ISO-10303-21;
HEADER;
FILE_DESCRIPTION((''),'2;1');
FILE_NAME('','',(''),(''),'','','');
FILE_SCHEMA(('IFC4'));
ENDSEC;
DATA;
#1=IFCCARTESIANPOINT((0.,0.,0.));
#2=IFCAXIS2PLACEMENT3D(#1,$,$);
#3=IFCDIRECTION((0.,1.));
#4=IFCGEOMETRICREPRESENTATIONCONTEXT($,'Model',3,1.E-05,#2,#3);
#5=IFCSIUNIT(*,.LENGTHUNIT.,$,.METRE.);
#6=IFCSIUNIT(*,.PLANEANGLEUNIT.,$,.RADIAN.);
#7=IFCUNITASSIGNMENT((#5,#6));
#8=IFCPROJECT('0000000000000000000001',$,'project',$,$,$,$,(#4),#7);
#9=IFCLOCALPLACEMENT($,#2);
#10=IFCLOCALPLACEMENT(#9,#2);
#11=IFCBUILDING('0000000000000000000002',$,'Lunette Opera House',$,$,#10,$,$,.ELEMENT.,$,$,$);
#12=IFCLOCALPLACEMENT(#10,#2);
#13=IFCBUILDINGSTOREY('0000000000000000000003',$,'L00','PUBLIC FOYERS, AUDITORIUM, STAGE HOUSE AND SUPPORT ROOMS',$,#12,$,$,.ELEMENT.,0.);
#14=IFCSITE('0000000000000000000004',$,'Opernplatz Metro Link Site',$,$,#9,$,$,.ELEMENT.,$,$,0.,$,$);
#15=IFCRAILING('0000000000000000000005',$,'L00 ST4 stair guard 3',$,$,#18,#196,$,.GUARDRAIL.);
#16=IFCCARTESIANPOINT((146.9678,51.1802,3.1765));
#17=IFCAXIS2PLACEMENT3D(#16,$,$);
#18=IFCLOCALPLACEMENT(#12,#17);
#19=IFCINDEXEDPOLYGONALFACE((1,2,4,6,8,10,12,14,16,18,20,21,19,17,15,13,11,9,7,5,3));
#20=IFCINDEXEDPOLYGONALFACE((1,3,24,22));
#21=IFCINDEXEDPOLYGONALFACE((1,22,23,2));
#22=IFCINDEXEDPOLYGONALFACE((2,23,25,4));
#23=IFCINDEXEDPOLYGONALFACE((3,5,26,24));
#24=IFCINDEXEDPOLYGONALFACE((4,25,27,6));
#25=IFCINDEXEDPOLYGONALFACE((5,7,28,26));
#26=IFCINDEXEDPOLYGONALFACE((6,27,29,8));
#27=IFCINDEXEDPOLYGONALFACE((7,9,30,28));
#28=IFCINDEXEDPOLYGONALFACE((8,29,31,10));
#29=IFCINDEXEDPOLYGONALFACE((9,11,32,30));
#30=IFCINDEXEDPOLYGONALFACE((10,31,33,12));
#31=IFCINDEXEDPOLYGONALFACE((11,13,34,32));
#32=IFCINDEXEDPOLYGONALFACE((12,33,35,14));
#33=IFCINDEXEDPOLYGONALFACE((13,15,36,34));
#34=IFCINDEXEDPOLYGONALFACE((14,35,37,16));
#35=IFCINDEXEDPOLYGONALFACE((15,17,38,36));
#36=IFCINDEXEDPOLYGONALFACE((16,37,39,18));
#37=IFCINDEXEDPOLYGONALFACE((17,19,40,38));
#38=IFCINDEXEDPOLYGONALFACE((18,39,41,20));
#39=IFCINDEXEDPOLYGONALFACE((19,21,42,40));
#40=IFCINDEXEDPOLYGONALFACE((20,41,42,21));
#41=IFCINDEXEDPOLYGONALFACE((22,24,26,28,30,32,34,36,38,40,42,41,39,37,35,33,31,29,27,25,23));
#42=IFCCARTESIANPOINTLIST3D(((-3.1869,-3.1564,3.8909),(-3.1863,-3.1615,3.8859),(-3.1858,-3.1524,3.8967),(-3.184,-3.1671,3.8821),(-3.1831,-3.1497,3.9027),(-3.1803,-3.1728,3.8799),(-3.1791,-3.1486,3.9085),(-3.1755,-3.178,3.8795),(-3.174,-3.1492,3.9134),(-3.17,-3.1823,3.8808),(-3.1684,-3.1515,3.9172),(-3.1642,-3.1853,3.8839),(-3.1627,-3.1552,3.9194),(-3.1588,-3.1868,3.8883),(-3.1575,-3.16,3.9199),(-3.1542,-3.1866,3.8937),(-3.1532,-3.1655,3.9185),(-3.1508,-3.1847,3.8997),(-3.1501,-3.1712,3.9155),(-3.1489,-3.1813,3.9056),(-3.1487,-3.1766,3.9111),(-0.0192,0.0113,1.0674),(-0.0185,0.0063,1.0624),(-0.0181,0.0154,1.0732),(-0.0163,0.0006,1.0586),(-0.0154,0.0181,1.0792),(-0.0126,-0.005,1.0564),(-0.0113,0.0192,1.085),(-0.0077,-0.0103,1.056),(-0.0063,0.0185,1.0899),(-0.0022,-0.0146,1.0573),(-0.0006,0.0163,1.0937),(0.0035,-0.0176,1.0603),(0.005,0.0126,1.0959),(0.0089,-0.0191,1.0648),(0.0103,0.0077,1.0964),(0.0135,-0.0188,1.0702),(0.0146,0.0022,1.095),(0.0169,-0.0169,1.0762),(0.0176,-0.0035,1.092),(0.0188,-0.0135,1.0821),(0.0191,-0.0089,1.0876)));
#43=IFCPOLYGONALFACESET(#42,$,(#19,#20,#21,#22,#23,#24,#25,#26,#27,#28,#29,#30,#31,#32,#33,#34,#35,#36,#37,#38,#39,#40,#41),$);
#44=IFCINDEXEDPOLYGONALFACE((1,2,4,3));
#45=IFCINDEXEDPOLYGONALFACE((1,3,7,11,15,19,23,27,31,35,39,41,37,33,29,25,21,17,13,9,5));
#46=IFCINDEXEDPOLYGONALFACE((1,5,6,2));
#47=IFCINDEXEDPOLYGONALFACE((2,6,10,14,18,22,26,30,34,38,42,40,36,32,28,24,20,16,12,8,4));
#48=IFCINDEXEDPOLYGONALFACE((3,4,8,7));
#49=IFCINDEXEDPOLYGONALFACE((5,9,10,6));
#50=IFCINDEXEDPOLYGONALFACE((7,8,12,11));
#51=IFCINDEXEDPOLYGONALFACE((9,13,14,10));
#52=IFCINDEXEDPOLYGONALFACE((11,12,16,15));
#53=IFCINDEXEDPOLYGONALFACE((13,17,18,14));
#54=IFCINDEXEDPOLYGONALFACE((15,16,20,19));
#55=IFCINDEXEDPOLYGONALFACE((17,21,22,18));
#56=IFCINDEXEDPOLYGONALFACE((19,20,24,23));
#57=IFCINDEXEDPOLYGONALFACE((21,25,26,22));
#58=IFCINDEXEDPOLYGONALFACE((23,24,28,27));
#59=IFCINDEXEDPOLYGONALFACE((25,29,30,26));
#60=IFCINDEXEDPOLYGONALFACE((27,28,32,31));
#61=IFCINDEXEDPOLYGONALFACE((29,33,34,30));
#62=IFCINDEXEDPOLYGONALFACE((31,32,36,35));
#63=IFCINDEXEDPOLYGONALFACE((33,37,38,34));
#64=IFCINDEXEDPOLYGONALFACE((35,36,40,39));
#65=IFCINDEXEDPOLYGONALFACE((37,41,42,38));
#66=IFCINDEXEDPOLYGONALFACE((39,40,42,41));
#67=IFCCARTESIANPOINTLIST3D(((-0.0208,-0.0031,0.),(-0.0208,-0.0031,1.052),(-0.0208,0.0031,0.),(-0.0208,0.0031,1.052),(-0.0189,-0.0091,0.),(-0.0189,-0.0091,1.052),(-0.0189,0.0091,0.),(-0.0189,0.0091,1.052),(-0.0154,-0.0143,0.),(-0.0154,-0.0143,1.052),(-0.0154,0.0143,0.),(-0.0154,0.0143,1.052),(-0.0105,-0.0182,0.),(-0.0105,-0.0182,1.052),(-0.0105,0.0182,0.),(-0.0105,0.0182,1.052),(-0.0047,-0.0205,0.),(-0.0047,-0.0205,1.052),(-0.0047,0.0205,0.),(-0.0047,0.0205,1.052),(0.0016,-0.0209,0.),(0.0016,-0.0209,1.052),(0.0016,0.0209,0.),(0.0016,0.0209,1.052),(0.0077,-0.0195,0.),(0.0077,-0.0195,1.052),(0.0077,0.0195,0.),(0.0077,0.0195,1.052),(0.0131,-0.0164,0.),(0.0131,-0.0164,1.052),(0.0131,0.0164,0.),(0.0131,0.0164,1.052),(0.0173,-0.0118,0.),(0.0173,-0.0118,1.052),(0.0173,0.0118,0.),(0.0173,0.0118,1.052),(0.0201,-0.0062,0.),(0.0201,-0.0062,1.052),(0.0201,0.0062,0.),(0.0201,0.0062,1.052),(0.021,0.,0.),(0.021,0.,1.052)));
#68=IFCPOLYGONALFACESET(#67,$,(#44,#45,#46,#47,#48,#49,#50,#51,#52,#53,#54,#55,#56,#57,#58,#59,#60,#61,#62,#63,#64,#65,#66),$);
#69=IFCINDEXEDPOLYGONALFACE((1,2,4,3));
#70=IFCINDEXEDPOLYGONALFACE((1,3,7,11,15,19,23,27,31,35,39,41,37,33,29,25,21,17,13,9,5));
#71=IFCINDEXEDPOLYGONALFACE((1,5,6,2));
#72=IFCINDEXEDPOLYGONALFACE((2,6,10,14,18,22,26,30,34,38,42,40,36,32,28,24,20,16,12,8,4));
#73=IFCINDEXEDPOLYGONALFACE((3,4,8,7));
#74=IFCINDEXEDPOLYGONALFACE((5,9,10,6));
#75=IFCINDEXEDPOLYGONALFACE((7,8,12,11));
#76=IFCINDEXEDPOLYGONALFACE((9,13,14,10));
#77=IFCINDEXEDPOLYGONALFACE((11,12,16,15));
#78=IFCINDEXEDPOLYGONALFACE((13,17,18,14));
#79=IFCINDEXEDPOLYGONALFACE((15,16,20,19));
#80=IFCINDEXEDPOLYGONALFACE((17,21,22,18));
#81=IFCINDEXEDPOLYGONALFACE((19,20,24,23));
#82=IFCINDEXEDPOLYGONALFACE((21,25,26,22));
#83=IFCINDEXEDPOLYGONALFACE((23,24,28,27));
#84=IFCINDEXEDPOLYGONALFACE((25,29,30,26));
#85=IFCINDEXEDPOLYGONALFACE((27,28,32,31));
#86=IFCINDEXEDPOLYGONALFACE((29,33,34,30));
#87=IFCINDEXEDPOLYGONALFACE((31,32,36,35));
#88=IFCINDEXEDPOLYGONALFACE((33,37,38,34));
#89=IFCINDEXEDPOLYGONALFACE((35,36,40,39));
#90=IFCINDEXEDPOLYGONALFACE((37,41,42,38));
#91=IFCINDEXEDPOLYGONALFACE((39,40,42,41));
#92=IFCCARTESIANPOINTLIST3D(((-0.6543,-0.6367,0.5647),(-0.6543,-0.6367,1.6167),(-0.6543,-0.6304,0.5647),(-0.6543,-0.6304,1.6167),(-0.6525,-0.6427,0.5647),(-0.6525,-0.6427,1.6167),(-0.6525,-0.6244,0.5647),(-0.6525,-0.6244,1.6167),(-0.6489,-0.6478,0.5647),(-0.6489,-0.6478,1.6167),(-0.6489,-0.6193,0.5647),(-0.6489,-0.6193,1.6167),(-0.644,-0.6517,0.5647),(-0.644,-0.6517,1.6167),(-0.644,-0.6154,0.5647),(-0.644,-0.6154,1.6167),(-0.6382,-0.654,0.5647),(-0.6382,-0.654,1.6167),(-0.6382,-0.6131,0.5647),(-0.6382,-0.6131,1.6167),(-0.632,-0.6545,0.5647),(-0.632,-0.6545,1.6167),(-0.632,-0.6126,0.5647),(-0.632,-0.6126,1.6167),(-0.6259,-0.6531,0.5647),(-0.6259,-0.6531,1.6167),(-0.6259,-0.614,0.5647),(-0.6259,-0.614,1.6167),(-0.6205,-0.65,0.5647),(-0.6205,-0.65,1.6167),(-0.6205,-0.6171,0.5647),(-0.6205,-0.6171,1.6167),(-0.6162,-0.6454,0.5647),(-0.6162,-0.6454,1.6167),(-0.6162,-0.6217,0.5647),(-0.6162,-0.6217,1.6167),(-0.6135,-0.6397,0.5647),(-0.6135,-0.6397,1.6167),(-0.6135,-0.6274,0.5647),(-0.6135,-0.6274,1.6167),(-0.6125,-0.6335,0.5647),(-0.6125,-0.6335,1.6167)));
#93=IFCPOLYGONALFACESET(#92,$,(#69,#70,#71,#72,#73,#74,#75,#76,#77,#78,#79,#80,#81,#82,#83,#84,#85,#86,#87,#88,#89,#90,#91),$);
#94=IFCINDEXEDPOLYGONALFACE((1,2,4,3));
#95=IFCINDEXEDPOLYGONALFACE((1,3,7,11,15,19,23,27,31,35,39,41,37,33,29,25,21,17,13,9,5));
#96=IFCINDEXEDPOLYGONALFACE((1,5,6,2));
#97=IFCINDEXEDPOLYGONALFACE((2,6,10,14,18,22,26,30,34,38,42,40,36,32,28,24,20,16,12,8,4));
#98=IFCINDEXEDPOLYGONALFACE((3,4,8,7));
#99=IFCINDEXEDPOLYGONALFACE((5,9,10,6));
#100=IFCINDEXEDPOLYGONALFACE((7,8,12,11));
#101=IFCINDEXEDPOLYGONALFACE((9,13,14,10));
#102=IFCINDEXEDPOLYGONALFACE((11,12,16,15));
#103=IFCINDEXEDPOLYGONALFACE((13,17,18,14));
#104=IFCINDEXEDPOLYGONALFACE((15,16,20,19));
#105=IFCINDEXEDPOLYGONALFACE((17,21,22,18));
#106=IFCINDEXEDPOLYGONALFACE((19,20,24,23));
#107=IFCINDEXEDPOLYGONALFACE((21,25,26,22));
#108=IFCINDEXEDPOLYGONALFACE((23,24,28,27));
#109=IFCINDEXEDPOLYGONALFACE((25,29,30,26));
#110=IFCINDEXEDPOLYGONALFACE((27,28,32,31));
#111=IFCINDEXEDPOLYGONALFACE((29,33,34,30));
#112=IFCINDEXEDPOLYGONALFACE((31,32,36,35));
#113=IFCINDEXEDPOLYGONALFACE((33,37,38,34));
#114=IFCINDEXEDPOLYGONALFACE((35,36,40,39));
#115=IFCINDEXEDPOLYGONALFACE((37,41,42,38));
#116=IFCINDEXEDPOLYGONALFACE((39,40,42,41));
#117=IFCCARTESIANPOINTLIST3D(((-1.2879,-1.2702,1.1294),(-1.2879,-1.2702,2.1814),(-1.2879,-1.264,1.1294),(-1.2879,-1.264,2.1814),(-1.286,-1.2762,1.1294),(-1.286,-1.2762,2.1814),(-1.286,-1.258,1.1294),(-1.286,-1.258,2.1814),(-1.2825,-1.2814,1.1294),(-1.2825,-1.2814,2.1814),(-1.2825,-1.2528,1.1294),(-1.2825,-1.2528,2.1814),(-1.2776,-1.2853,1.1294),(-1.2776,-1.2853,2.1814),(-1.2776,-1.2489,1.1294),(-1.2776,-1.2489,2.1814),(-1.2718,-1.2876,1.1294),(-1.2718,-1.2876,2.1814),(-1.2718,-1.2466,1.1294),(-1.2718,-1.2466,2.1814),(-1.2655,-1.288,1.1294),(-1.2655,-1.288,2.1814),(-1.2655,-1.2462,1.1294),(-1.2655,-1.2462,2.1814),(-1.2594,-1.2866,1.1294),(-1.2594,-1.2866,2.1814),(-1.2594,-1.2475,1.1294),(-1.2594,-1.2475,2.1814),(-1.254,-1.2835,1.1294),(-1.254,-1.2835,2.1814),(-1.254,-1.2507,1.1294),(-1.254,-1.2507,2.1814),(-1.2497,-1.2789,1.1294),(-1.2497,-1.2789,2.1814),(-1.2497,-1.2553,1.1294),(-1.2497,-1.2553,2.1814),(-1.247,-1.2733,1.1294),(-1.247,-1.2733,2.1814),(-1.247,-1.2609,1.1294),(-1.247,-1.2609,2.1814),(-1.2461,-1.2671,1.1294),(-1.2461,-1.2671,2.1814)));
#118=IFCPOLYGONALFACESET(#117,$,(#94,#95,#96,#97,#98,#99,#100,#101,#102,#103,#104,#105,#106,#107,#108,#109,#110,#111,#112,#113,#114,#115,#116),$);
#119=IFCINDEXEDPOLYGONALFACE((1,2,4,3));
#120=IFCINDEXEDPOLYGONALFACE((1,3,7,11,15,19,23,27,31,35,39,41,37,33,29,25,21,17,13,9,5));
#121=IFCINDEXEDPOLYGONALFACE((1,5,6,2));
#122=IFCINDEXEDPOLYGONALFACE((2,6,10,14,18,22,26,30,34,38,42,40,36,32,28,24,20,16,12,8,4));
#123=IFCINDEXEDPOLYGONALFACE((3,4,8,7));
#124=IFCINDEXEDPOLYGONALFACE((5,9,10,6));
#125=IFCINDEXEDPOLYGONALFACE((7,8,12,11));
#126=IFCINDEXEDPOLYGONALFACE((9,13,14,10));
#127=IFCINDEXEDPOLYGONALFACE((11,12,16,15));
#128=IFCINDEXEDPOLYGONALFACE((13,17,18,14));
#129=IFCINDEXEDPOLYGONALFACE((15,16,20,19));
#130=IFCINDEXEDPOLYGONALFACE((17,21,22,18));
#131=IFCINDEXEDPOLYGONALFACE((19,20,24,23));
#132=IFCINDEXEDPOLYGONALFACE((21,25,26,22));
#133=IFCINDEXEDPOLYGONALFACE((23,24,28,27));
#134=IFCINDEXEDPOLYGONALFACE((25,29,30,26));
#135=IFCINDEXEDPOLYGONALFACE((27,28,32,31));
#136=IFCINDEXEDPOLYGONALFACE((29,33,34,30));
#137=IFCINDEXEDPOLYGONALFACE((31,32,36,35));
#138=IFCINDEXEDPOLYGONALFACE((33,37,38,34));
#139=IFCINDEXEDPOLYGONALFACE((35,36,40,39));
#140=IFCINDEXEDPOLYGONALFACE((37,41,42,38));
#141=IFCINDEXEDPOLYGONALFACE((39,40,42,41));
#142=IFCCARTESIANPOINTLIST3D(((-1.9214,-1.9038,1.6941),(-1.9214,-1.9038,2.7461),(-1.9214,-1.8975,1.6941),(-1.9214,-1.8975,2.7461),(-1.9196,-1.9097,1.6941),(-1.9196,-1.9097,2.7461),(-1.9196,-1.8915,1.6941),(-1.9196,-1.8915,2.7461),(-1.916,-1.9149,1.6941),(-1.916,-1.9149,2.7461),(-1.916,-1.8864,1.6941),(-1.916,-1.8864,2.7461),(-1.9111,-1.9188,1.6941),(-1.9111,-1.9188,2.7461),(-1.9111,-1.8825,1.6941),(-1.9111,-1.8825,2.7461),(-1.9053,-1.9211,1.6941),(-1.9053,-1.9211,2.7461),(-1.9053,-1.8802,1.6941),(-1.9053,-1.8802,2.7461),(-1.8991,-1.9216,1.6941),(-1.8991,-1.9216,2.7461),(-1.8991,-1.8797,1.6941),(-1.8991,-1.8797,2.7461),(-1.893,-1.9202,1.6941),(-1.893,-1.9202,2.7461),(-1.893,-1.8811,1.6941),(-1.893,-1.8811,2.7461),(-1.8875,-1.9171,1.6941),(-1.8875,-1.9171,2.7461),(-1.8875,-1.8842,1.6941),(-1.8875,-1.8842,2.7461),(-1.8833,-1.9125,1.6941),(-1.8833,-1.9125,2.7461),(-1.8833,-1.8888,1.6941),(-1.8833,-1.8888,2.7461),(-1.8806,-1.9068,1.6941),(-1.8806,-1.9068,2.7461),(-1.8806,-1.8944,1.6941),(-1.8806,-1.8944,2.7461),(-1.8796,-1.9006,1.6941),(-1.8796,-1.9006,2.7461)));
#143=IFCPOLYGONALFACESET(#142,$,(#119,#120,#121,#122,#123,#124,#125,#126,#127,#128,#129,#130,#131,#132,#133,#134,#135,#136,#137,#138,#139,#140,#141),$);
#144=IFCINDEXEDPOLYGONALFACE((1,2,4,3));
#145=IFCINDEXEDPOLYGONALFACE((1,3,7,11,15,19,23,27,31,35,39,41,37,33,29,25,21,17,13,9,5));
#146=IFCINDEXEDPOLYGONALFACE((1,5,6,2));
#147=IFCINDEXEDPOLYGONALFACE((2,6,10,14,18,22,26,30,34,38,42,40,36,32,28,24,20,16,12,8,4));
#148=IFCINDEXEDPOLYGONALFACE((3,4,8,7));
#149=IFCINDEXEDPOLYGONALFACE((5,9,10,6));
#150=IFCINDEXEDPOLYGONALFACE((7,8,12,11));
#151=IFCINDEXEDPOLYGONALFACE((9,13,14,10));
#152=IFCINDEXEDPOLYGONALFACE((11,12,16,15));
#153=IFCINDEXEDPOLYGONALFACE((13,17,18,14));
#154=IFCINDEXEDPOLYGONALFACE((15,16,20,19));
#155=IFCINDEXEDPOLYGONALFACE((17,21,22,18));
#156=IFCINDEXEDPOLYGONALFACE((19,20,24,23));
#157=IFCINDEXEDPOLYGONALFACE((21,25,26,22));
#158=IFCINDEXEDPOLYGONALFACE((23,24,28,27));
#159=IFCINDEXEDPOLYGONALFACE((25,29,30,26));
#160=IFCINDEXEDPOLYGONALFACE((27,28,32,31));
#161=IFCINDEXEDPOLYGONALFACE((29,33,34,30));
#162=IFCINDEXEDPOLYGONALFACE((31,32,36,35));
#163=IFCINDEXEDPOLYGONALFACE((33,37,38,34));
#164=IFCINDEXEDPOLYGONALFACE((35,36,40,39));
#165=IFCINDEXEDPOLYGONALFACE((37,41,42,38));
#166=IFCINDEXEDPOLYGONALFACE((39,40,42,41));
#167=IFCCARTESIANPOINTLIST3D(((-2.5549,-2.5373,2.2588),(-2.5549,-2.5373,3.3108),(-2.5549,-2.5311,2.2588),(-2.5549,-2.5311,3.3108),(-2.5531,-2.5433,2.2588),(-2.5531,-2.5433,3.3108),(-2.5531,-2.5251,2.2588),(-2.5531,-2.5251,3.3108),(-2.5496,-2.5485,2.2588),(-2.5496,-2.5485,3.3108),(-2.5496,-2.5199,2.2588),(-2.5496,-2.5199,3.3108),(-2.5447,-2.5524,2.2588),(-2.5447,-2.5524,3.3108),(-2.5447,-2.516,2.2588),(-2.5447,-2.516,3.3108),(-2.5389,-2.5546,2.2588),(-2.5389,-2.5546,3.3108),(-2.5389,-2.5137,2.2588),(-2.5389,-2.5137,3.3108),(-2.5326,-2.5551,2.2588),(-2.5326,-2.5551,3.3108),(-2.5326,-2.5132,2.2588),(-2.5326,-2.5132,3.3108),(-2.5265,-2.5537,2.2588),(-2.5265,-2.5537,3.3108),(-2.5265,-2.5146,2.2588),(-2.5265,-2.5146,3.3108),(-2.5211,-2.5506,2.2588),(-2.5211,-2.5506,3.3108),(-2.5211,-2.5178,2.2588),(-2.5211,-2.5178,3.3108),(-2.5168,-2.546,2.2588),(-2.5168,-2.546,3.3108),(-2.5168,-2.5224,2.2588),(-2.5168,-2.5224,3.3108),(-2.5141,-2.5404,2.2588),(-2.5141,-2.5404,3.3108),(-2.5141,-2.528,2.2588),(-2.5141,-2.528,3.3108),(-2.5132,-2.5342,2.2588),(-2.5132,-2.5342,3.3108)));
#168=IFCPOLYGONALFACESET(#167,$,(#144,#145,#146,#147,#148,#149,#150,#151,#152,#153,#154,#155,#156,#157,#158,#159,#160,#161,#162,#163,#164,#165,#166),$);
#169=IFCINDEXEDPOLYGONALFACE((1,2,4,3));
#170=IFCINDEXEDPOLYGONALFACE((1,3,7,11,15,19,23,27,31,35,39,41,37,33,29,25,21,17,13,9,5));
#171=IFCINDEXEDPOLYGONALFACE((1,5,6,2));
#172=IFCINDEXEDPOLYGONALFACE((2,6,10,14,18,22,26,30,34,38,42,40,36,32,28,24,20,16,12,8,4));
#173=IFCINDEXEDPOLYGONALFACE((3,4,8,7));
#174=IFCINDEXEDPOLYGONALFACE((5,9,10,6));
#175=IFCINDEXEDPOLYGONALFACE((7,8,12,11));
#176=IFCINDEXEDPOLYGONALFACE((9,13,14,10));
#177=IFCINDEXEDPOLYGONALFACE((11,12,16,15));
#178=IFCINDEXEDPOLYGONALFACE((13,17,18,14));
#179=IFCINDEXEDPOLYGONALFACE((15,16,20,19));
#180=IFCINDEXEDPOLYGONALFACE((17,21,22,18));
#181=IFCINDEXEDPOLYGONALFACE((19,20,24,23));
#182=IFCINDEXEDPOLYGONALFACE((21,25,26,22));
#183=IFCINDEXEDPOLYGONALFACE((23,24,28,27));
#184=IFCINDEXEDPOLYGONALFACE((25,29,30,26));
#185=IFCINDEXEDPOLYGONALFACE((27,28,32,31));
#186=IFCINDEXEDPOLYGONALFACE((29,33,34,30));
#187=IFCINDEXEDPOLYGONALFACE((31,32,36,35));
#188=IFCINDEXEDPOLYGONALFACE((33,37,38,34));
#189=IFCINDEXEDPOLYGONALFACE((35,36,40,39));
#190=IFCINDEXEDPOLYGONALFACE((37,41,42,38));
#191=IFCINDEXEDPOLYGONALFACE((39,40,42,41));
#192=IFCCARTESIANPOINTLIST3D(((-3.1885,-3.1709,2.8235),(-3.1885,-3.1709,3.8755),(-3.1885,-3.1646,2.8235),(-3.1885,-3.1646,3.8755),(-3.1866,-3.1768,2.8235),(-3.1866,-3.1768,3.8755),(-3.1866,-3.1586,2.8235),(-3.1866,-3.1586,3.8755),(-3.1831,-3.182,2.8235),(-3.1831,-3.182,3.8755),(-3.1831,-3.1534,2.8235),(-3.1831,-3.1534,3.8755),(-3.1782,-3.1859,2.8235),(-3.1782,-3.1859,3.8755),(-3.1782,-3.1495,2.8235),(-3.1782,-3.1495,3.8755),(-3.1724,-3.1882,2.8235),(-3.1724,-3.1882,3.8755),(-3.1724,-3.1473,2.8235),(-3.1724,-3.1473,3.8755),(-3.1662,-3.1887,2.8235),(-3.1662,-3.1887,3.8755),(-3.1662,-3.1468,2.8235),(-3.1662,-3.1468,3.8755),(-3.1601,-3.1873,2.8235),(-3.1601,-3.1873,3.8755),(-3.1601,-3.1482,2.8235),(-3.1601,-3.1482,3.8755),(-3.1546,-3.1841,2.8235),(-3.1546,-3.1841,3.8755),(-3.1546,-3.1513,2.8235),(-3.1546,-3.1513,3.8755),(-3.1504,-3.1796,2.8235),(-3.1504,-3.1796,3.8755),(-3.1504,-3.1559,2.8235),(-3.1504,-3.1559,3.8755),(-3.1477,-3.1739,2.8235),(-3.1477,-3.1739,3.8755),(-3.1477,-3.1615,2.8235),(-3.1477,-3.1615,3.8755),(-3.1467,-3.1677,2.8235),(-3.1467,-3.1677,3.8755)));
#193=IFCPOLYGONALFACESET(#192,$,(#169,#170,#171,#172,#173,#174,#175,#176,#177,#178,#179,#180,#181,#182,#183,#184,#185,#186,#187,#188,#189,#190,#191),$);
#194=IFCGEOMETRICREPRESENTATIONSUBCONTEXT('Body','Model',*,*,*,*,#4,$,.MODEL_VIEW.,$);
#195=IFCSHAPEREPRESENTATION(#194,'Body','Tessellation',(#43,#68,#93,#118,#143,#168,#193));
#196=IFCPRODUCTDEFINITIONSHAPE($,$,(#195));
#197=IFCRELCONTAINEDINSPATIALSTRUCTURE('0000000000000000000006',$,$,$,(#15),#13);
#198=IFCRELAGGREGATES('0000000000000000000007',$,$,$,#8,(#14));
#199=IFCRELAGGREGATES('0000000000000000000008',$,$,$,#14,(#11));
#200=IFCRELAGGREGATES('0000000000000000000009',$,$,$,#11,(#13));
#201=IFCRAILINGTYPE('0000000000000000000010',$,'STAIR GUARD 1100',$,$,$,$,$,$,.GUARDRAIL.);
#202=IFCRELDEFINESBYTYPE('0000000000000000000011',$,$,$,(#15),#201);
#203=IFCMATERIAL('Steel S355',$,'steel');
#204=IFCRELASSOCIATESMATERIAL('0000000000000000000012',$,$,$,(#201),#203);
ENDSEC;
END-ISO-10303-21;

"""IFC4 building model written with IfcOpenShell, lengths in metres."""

from ifc_helpers import new_model, si_unit, direction, frame, origin, origin_2d, place, context, subcontext, project, spatial, circle, extrude, material, type_object, element, save


model = new_model("IFC4")

# Units and contexts
model_context = context("Model", 3, precision=1e-05, world=origin(), true_north=direction((0.0, 1.0)))
body_context = subcontext(model_context, "Body", "Model", "MODEL_VIEW")
ifc_project = project(units=[si_unit("LENGTHUNIT", "METRE"), si_unit("PLANEANGLEUNIT", "RADIAN")], contexts=[model_context])

# Site, building, storey
site_placement = place(None, origin())
site = spatial("IfcSite", under=ifc_project, at=site_placement, Name="Opernplatz Metro Link Site", CompositionType="ELEMENT", RefElevation=0.0)
building_placement = place(site_placement, origin())
building = spatial("IfcBuilding", under=site, at=building_placement, Name="Lunette Opera House", CompositionType="ELEMENT")
storey_placement = place(building_placement, origin())
storey = spatial("IfcBuildingStorey", under=building, at=storey_placement, Name="L00", Description="PUBLIC FOYERS, AUDITORIUM, STAGE HOUSE AND SUPPORT ROOMS", CompositionType="ELEMENT", Elevation=0.0)

# Railing
ifc_material_1 = material(Name="Steel S355", Category="steel")
railing_type_1 = type_object("IfcRailingType", Name="STAIR GUARD 1100", PredefinedType="GUARDRAIL", material=ifc_material_1)
railing_1_placement = place(storey_placement, frame((146.9678, 51.1802, 3.1765)))
element("IfcRailing", 1, at=railing_1_placement, inside=storey, type_object=railing_type_1, Name="L00 ST4 stair guard 3", PredefinedType="GUARDRAIL", context=body_context, shape_type="SweptSolid", body=[
    extrude(circle(Radius=0.0239, at=origin_2d()), frame((0.0, 0.0, 1.0762), z_axis=(-0.598206, -0.598206, 0.533198), x_axis=(0.707107, -0.707107, 0.0)), (0.0, 0.0, 1.0), 5.2954),
    extrude(circle(Radius=0.021, at=origin_2d()), origin(), (0.0, 0.0, 1.0), 1.052),
    extrude(circle(Radius=0.021, at=origin_2d()), frame((-0.6335, -0.6335, 0.5647)), (0.0, 0.0, 1.0), 1.052),
    extrude(circle(Radius=0.021, at=origin_2d()), frame((-1.2671, -1.2671, 1.1294)), (0.0, 0.0, 1.0), 1.052),
    extrude(circle(Radius=0.021, at=origin_2d()), frame((-1.9006, -1.9006, 1.6941)), (0.0, 0.0, 1.0), 1.052),
    extrude(circle(Radius=0.021, at=origin_2d()), frame((-2.5342, -2.5342, 2.2588)), (0.0, 0.0, 1.0), 1.052),
    extrude(circle(Radius=0.021, at=origin_2d()), frame((-3.1677, -3.1677, 2.8235)), (0.0, 0.0, 1.0), 1.052),
])

save(model, "model.ifc")
